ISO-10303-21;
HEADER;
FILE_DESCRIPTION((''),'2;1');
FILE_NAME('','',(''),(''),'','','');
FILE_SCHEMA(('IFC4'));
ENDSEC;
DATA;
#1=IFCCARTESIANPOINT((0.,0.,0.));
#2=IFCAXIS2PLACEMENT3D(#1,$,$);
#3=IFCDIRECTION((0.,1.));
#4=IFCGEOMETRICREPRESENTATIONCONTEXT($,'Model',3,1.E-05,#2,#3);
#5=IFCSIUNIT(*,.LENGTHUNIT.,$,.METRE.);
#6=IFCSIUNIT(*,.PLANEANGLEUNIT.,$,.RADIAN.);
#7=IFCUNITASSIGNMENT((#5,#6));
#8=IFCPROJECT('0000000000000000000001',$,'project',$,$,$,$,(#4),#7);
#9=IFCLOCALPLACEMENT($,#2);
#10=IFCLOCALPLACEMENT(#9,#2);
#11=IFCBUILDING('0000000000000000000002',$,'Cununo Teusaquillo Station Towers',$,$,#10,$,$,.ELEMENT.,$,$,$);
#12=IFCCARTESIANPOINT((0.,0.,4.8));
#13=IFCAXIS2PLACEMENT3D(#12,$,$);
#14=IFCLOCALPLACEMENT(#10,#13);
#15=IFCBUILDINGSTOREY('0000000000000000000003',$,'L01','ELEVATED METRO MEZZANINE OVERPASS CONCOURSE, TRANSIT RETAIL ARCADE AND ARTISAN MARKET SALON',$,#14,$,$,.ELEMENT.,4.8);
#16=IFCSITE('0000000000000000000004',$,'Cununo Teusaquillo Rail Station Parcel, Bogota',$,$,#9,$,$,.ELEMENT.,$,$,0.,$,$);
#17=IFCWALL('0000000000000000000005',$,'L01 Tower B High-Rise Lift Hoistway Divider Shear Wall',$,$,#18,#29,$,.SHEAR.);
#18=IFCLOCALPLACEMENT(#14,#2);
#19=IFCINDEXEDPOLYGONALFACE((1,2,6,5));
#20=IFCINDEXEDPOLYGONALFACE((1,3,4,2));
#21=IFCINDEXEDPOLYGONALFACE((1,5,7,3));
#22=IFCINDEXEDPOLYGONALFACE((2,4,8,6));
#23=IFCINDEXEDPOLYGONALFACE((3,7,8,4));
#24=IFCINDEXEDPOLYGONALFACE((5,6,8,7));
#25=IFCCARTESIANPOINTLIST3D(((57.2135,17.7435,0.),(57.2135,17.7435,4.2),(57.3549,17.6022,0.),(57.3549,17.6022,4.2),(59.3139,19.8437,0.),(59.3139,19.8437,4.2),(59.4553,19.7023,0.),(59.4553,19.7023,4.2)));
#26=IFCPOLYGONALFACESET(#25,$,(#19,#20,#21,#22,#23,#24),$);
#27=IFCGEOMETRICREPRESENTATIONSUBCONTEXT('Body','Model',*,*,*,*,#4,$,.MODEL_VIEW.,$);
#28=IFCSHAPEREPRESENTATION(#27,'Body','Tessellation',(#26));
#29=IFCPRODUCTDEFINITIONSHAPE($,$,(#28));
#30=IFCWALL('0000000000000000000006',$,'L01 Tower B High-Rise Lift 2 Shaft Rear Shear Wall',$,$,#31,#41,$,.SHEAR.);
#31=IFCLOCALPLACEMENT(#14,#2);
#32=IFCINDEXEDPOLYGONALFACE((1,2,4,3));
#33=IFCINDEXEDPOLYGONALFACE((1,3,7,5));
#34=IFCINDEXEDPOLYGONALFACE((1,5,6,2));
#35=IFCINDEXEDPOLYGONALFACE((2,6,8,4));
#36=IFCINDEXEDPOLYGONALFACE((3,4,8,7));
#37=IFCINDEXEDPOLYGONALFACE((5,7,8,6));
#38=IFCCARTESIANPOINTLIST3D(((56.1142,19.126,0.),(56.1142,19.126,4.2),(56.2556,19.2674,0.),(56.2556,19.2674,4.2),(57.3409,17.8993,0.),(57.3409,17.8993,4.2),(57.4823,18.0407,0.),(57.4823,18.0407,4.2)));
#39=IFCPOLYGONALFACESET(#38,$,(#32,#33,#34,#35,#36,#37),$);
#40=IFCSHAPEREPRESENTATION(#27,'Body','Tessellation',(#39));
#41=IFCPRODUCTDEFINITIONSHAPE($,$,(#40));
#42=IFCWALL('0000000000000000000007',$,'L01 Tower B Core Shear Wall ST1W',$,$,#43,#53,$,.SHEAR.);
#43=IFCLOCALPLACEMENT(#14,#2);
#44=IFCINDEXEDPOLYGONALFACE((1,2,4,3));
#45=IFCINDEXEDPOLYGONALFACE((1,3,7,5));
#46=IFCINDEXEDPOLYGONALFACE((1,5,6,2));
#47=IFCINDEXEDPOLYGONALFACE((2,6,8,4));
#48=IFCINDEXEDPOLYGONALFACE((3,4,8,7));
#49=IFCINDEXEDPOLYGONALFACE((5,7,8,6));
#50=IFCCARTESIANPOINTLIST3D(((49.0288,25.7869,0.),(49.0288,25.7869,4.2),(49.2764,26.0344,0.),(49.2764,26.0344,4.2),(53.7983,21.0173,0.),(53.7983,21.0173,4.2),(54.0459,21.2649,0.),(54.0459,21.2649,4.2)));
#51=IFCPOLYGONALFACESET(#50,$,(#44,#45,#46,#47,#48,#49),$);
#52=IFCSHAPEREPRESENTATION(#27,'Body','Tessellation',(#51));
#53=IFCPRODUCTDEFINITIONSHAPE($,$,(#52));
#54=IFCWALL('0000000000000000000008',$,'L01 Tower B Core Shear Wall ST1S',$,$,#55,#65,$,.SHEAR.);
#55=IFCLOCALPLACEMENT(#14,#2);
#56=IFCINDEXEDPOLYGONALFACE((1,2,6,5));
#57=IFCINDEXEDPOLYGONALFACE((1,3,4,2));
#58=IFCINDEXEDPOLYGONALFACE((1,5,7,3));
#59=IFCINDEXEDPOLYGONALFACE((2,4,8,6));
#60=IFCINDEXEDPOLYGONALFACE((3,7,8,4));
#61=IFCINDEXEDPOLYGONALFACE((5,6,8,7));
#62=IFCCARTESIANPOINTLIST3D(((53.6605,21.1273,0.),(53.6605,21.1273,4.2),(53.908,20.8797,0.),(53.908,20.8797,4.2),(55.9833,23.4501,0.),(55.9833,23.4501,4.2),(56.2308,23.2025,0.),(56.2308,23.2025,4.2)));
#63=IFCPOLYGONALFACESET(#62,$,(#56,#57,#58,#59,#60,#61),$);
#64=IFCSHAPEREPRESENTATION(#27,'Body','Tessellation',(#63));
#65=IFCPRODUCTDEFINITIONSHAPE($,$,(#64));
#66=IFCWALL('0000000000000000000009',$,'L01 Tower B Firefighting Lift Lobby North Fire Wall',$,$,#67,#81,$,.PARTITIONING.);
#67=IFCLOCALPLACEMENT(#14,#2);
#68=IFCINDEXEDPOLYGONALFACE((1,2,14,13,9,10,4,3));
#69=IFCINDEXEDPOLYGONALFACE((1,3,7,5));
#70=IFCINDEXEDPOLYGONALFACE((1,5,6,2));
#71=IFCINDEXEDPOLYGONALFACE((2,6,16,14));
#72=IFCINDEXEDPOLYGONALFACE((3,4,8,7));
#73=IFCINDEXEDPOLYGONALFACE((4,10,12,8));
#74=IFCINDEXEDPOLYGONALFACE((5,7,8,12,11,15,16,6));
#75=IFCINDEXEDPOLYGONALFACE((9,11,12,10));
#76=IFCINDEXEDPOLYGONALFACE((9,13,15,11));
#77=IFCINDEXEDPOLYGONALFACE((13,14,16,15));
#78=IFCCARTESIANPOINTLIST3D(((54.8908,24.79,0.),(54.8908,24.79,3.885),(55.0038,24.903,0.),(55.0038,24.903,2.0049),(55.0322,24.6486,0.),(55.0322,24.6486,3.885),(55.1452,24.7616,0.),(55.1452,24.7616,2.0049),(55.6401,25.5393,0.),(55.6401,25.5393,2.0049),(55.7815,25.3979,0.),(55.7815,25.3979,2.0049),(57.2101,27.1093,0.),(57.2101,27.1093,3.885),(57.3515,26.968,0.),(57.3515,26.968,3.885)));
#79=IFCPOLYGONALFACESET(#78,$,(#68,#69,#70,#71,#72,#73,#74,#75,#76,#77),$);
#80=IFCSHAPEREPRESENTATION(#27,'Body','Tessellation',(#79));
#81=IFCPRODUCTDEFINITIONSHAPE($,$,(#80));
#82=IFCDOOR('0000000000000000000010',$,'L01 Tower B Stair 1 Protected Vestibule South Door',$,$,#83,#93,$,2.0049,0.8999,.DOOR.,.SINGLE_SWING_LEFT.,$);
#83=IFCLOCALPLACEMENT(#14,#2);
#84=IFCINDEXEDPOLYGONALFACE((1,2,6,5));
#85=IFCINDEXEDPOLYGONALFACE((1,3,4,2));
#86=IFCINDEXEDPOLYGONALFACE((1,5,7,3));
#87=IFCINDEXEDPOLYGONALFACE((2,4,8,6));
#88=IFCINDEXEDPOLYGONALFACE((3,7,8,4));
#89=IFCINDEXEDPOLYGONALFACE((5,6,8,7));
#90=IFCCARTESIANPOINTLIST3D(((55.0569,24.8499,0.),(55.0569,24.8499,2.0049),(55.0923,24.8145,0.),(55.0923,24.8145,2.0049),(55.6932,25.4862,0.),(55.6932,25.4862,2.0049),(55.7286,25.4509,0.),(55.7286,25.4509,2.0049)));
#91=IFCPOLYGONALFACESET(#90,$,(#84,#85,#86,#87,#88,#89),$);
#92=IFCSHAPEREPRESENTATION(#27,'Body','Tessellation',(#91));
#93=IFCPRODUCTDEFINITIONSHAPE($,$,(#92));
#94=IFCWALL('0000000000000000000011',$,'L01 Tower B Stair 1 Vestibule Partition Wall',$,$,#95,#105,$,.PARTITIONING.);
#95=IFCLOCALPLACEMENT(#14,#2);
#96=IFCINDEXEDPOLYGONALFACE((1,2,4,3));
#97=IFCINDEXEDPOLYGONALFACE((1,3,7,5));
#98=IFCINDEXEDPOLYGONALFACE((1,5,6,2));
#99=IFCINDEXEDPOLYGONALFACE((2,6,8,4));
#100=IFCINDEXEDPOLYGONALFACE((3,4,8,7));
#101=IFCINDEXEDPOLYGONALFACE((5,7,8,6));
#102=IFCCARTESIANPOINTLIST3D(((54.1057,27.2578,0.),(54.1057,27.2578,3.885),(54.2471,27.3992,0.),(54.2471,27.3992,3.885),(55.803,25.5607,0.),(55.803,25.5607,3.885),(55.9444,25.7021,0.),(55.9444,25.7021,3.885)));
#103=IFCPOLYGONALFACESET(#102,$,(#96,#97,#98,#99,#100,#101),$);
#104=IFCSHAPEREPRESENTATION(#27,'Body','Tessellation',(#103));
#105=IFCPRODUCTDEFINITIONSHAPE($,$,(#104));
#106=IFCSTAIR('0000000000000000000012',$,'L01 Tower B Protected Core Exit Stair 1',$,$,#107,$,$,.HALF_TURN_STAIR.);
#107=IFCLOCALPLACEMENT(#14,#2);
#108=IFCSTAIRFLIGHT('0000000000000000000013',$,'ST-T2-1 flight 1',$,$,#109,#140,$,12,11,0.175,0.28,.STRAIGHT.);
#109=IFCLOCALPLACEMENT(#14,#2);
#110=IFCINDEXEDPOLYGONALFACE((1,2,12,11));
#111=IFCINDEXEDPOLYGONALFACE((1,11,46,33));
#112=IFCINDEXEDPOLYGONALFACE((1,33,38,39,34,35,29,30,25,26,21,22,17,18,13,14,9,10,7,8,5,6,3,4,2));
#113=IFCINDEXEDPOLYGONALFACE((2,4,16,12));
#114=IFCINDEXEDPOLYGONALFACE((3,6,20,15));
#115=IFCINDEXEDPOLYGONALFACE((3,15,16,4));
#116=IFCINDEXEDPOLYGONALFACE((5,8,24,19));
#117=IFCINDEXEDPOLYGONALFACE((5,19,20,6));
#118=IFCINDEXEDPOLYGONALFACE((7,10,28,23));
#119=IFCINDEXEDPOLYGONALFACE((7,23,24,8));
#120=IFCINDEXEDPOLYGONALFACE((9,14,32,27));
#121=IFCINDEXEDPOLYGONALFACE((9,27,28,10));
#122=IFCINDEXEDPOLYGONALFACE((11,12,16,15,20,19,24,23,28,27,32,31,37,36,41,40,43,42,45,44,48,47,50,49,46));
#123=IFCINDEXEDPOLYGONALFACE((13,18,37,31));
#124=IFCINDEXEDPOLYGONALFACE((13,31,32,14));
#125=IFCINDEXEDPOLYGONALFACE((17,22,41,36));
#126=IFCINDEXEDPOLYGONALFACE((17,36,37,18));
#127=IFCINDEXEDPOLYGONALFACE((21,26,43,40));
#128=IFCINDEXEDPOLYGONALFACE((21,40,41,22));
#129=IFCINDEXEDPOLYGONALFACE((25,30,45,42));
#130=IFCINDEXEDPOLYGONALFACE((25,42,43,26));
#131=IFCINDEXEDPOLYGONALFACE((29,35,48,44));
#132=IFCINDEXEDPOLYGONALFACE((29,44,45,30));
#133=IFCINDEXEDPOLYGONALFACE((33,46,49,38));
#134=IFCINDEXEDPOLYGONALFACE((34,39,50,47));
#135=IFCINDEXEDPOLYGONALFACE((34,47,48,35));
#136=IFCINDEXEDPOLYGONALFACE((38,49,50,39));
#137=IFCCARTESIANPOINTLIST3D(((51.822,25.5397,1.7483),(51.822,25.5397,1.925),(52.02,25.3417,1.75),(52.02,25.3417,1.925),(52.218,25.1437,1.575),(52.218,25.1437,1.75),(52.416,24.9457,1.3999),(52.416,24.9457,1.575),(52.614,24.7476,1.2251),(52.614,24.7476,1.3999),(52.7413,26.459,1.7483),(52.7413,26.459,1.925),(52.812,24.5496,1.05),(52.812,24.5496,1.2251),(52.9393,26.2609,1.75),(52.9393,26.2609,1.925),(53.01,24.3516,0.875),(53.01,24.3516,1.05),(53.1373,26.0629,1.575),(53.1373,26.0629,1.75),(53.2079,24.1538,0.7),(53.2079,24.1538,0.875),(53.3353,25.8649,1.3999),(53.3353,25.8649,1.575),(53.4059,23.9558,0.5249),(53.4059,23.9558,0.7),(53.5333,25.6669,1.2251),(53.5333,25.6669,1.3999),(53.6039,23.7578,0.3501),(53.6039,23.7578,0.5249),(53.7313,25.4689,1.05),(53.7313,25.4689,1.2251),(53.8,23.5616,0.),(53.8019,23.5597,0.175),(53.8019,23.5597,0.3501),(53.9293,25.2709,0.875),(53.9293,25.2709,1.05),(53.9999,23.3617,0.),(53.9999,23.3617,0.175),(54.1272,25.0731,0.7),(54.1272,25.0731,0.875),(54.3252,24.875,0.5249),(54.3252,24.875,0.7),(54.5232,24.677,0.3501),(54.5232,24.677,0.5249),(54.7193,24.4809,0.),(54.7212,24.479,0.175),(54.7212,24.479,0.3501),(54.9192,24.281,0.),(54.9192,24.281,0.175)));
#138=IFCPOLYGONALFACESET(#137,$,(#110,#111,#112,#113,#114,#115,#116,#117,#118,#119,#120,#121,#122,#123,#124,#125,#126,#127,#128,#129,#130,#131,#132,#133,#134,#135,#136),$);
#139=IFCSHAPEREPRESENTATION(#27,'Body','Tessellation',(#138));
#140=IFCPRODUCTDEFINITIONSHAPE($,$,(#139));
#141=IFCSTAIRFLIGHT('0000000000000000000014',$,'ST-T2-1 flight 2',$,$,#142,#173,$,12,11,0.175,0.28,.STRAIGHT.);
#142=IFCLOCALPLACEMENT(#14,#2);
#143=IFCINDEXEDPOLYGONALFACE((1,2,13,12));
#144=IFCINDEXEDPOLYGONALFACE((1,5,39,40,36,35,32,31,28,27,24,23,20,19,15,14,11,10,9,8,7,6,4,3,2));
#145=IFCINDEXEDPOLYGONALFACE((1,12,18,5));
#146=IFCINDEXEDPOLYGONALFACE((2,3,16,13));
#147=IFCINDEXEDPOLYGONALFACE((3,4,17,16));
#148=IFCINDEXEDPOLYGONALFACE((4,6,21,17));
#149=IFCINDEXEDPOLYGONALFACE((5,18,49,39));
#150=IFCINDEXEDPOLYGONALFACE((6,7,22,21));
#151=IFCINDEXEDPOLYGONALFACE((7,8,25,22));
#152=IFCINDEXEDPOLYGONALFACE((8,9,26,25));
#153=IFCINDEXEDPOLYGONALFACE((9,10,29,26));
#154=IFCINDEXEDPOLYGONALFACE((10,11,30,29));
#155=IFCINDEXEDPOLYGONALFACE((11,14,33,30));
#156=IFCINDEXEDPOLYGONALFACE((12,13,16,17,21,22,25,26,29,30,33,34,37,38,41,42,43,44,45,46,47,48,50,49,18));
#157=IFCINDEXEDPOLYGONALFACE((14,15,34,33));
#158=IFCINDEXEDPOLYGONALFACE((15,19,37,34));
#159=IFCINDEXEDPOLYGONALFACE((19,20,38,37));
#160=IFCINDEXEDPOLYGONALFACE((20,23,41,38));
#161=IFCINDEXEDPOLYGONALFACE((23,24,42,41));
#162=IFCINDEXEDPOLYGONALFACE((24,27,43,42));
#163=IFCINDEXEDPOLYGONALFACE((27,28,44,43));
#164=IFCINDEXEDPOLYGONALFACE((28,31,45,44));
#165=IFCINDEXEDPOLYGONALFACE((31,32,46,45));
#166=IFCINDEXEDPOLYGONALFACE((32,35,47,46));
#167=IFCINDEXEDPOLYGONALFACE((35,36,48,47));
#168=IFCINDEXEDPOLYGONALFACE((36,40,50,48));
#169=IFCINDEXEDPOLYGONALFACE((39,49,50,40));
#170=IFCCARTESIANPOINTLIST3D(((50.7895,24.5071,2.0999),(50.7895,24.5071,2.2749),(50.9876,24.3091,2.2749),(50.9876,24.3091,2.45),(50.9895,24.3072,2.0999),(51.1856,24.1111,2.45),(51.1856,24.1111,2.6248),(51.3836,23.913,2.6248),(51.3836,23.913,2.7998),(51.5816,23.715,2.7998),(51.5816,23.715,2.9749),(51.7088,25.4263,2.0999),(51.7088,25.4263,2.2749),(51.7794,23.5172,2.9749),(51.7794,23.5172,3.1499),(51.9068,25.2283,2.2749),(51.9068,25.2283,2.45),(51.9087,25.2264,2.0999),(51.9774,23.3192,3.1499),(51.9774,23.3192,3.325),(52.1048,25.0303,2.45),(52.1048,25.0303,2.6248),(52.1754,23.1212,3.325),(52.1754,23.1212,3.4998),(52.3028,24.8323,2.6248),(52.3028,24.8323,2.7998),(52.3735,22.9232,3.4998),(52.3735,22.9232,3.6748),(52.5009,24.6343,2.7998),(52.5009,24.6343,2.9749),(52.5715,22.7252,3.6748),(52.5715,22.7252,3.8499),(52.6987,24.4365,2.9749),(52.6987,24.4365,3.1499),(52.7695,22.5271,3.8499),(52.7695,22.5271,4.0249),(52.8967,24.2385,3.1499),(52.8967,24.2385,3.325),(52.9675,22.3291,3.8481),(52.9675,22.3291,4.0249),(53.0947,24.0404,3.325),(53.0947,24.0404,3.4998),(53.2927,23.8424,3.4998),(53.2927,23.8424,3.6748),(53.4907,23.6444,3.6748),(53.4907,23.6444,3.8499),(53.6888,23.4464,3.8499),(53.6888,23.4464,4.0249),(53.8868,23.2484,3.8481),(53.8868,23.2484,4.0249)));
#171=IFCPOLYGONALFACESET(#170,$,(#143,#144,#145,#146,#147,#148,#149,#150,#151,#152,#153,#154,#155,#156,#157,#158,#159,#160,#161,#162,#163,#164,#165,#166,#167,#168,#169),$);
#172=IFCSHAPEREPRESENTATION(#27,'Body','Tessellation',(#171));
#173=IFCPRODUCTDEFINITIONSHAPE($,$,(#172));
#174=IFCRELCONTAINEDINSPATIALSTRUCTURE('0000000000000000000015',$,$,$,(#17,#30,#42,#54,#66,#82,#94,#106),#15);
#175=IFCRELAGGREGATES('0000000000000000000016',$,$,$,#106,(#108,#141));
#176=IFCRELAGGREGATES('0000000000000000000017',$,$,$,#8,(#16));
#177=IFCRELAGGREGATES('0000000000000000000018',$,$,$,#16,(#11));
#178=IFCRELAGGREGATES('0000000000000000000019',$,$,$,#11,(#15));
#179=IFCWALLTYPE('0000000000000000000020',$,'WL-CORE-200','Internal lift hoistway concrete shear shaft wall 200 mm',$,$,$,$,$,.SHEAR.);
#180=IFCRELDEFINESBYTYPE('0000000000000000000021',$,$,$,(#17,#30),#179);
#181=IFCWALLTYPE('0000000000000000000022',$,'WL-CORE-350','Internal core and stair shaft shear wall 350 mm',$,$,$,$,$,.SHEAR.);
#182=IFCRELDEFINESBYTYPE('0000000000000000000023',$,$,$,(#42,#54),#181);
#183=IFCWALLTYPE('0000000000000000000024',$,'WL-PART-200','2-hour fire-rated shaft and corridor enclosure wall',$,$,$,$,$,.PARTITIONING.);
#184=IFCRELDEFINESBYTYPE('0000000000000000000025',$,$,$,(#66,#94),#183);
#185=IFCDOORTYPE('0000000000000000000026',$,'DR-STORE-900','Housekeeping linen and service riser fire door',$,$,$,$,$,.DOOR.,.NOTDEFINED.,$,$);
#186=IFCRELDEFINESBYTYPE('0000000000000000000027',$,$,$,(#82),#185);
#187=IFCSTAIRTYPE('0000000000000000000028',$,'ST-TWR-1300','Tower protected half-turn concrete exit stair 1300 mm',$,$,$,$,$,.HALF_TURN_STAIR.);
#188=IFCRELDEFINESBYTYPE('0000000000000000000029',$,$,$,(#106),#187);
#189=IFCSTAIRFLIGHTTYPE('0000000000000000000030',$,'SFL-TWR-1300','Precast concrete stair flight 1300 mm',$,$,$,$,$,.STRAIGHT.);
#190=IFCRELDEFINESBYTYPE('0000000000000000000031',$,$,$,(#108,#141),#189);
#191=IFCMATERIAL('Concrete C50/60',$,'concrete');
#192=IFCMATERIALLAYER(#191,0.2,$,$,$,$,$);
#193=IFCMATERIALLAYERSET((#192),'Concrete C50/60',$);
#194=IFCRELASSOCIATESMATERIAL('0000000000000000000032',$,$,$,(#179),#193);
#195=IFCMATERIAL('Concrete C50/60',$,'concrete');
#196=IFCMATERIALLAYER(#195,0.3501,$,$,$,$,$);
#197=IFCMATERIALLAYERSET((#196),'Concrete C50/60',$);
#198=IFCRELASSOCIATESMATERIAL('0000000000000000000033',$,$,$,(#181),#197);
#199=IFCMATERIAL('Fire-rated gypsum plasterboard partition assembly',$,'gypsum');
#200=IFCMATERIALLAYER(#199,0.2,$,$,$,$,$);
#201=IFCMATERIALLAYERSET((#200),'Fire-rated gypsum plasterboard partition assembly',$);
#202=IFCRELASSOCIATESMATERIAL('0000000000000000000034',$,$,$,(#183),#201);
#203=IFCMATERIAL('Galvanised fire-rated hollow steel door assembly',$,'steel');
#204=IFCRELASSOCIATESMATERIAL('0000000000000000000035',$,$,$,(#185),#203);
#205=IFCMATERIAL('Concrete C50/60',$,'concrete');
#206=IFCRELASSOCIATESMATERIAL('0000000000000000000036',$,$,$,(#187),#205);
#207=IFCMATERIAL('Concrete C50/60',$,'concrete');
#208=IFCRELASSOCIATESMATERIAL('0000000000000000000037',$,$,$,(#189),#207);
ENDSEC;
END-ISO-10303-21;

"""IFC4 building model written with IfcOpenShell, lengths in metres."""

from ifc_helpers import new_model, si_unit, direction, frame, frame_2d, origin, place, context, subcontext, project, spatial, polyline, rectangle, outline, extrude, source, transform, mapped, material, layer, layer_set, type_object, element, fill, aggregate, save


model = new_model("IFC4")

# Units and contexts
model_context = context("Model", 3, precision=1e-05, world=origin(), true_north=direction((0.0, 1.0)))
body_context = subcontext(model_context, "Body", "Model", "MODEL_VIEW")
ifc_project = project(units=[si_unit("LENGTHUNIT", "METRE"), si_unit("PLANEANGLEUNIT", "RADIAN")], contexts=[model_context])

# Site, building, storey
site_placement = place(None, origin())
site = spatial("IfcSite", under=ifc_project, at=site_placement, Name="Cununo Teusaquillo Rail Station Parcel, Bogota", CompositionType="ELEMENT", RefElevation=0.0)
building_placement = place(site_placement, origin())
building = spatial("IfcBuilding", under=site, at=building_placement, Name="Cununo Teusaquillo Station Towers", CompositionType="ELEMENT")
storey_placement = place(building_placement, frame((0.0, 0.0, 4.8)))
storey = spatial("IfcBuildingStorey", under=building, at=storey_placement, Name="L01", Description="ELEVATED METRO MEZZANINE OVERPASS CONCOURSE, TRANSIT RETAIL ARCADE AND ARTISAN MARKET SALON", CompositionType="ELEMENT", Elevation=4.8)

# Walls
ifc_material_1 = material(Name="Concrete C50/60", Category="concrete")
ifc_layer_1 = layer(ifc_material_1, 0.2)
ifc_layer_set_1 = layer_set([ifc_layer_1], Name="Concrete C50/60")
wall_type_1 = type_object("IfcWallType", Name="WL-CORE-200", Description="Internal lift hoistway concrete shear shaft wall 200 mm", PredefinedType="SHEAR", material=ifc_layer_set_1)
wall_1_placement = place(storey_placement, frame((57.2842, 17.6729, 0.0), z_axis=(0.0, 0.0, 1.0), x_axis=(0.707148, 0.707066, 0.0)))
element("IfcWall", 1, at=wall_1_placement, inside=storey, type_object=wall_type_1, Name="L01 Tower B High-Rise Lift Hoistway Divider Shear Wall", PredefinedType="SHEAR", context=body_context, shape_type="SweptSolid", body=[
    extrude(rectangle(XDim=2.9702, YDim=0.2, at=frame_2d((1.4851, 0.0))), origin(), (0.0, 0.0, 1.0), 4.2),
])
wall_2_placement = place(storey_placement, frame((57.4116, 17.97, 0.0), z_axis=(0.0, 0.0, 1.0), x_axis=(-0.707107, 0.707107, 0.0)))
element("IfcWall", 2, at=wall_2_placement, inside=storey, type_object=wall_type_1, Name="L01 Tower B High-Rise Lift 2 Shaft Rear Shear Wall", PredefinedType="SHEAR", context=body_context, shape_type="SweptSolid", body=[
    extrude(rectangle(XDim=1.7349, YDim=0.2, at=frame_2d((0.8674, 0.0))), origin(), (0.0, 0.0, 1.0), 4.2),
])
ifc_material_2 = material(Name="Concrete C50/60", Category="concrete")
ifc_layer_2 = layer(ifc_material_2, 0.3501)
ifc_layer_set_2 = layer_set([ifc_layer_2], Name="Concrete C50/60")
wall_type_2 = type_object("IfcWallType", Name="WL-CORE-350", Description="Internal core and stair shaft shear wall 350 mm", PredefinedType="SHEAR", material=ifc_layer_set_2)
wall_3_placement = place(storey_placement, frame((53.9221, 21.1411, 0.0), z_axis=(0.0, 0.0, 1.0), x_axis=(-0.707107, 0.707107, 0.0)))
element("IfcWall", 3, at=wall_3_placement, inside=storey, type_object=wall_type_2, Name="L01 Tower B Core Shear Wall ST1W", PredefinedType="SHEAR", context=body_context, shape_type="SweptSolid", body=[
    extrude(rectangle(XDim=6.7451, YDim=0.3501, at=frame_2d((3.3726, 0.0))), origin(), (0.0, 0.0, 1.0), 4.2),
])
wall_4_placement = place(storey_placement, frame((53.7842, 21.0034, 0.0), z_axis=(0.0, 0.0, 1.0), x_axis=(0.707107, 0.707107, 0.0)))
element("IfcWall", 4, at=wall_4_placement, inside=storey, type_object=wall_type_2, Name="L01 Tower B Core Shear Wall ST1S", PredefinedType="SHEAR", context=body_context, shape_type="SweptSolid", body=[
    extrude(rectangle(XDim=3.2849, YDim=0.3501, at=frame_2d((1.6426, 0.0))), origin(), (0.0, 0.0, 1.0), 4.2),
])

# Wall, opening, door
ifc_material_3 = material(Name="Fire-rated gypsum plasterboard partition assembly", Category="gypsum")
ifc_layer_3 = layer(ifc_material_3, 0.2)
ifc_layer_set_3 = layer_set([ifc_layer_3], Name="Fire-rated gypsum plasterboard partition assembly")
wall_type_3 = type_object("IfcWallType", Name="WL-PART-200", Description="2-hour fire-rated shaft and corridor enclosure wall", PredefinedType="PARTITIONING", material=ifc_layer_set_3)
wall_5_placement = place(storey_placement, frame((54.9614, 24.7192, 0.0), z_axis=(0.0, 0.0, 1.0), x_axis=(0.707107, 0.707107, 0.0)))
wall_5 = element("IfcWall", 5, at=wall_5_placement, inside=storey, type_object=wall_type_3, Name="L01 Tower B Firefighting Lift Lobby North Fire Wall", PredefinedType="PARTITIONING", context=body_context, shape_type="SweptSolid", body=[
    extrude(rectangle(XDim=3.28, YDim=0.2, at=frame_2d((1.6401, 0.0))), origin(), (0.0, 0.0, 1.0), 3.885),
])
shared_shape_1 = source(origin(), body_context, "Body", "SweptSolid", [
    extrude(rectangle(XDim=0.8999, YDim=2.0049, at=frame_2d((0.45, 1.0024))), frame((0.0, 0.1099, 0.0), z_axis=(0.0, -1.0, 0.0), x_axis=(1.0, 0.0, 0.0)), (0.0, 0.0, 1.0), 0.22),
])
opening_placement = place(wall_5_placement, frame((0.1599, 0.0, 0.0)))
opening = element("IfcOpeningElement", 6, at=opening_placement, cuts=wall_5, PredefinedType="OPENING", context=body_context, shape_type="MappedRepresentation", body=[
    mapped(shared_shape_1, transform((0.0, 0.0, 0.0), x_axis=(1.0, 0.0, 0.0), y_axis=(0.0, 1.0, 0.0), z_axis=(0.0, 0.0, 1.0), scale=1.0)),
])
ifc_material_4 = material(Name="Galvanised fire-rated hollow steel door assembly", Category="steel")
door_type = type_object("IfcDoorType", Name="DR-STORE-900", Description="Housekeeping linen and service riser fire door", OperationType="NOTDEFINED", PredefinedType="DOOR", material=ifc_material_4)
shared_shape_2 = source(origin(), body_context, "Body", "SweptSolid", [
    extrude(rectangle(XDim=0.8999, YDim=2.0049, at=frame_2d((0.45, 1.0024))), frame((0.0, 0.0249, 0.0), z_axis=(0.0, -1.0, 0.0), x_axis=(1.0, 0.0, 0.0)), (0.0, 0.0, 1.0), 0.05),
])
door_placement = place(opening_placement, origin())
door = element("IfcDoor", 7, at=door_placement, inside=storey, type_object=door_type, Name="L01 Tower B Stair 1 Protected Vestibule South Door", OperationType="SINGLE_SWING_LEFT", OverallHeight=2.0049, OverallWidth=0.8999, PredefinedType="DOOR", context=body_context, shape_type="MappedRepresentation", body=[
    mapped(shared_shape_2, transform((0.0, 0.0, 0.0), x_axis=(1.0, 0.0, 0.0), y_axis=(0.0, 1.0, 0.0), z_axis=(0.0, 0.0, 1.0), scale=1.0)),
])
fill(opening, door)

# Wall
wall_6_placement = place(storey_placement, frame((55.8738, 25.6313, 0.0), z_axis=(0.0, 0.0, 1.0), x_axis=(-0.707158, 0.707056, 0.0)))
element("IfcWall", 8, at=wall_6_placement, inside=storey, type_object=wall_type_3, Name="L01 Tower B Stair 1 Vestibule Partition Wall", PredefinedType="PARTITIONING", context=body_context, shape_type="SweptSolid", body=[
    extrude(rectangle(XDim=2.4001, YDim=0.2, at=frame_2d((1.2002, 0.0))), origin(), (0.0, 0.0, 1.0), 3.885),
])

# Stair, stair flights
ifc_material_5 = material(Name="Concrete C50/60", Category="concrete")
stair_type = type_object("IfcStairType", Name="ST-TWR-1300", Description="Tower protected half-turn concrete exit stair 1300 mm", PredefinedType="HALF_TURN_STAIR", material=ifc_material_5)
stair_placement = place(storey_placement, origin())
stair = element("IfcStair", 9, at=stair_placement, inside=storey, type_object=stair_type, Name="L01 Tower B Protected Core Exit Stair 1", PredefinedType="HALF_TURN_STAIR")
ifc_material_6 = material(Name="Concrete C50/60", Category="concrete")
stair_flight_type = type_object("IfcStairFlightType", Name="SFL-TWR-1300", Description="Precast concrete stair flight 1300 mm", PredefinedType="STRAIGHT", material=ifc_material_6)
stair_flight_1_placement = place(storey_placement, frame((54.4595, 23.8213, 0.0), z_axis=(0.0, 0.0, 1.0), x_axis=(-0.707107, 0.707107, 0.0)))
stair_flight_1 = element("IfcStairFlight", 10, at=stair_flight_1_placement, type_object=stair_flight_type, Name="ST-T2-1 flight 1", NumberOfRisers=12, NumberOfTreads=11, PredefinedType="STRAIGHT", RiserHeight=0.175, TreadLength=0.28, context=body_context, shape_type="SweptSolid", body=[
    extrude(outline(polyline([(0.0, 0.0), (0.0, 0.175), (0.28, 0.175), (0.28, 0.3501), (0.5601, 0.3501), (0.5601, 0.5249), (0.8401, 0.5249), (0.8401, 0.7), (1.1201, 0.7), (1.1201, 0.875), (1.3999, 0.875), (1.3999, 1.05), (1.6799, 1.05), (1.6799, 1.2251), (1.96, 1.2251), (1.96, 1.3999), (2.24, 1.3999), (2.24, 1.575), (2.52, 1.575), (2.52, 1.75), (2.8, 1.75), (2.8, 1.925), (3.0801, 1.925), (3.0801, 2.1001), (3.0801, 1.7483), (0.2827, 0.0), (0.0, 0.0)])), frame((0.0, 0.6499, 0.0), z_axis=(0.0, -1.0, 0.0), x_axis=(1.0, 0.0, 0.0)), (0.0, 0.0, 1.0), 1.3),
])
stair_flight_2_placement = place(storey_placement, frame((51.2493, 24.9668, 2.0999), z_axis=(0.0, 0.0, 1.0), x_axis=(0.707107, -0.707107, 0.0)))
stair_flight_2 = element("IfcStairFlight", 11, at=stair_flight_2_placement, type_object=stair_flight_type, Name="ST-T2-1 flight 2", NumberOfRisers=12, NumberOfTreads=11, PredefinedType="STRAIGHT", RiserHeight=0.175, TreadLength=0.28, context=body_context, shape_type="SweptSolid", body=[
    extrude(outline(polyline([(0.0, 0.0), (0.0, 0.175), (0.28, 0.175), (0.28, 0.3501), (0.5601, 0.3501), (0.5601, 0.5249), (0.8401, 0.5249), (0.8401, 0.7), (1.1201, 0.7), (1.1201, 0.875), (1.3999, 0.875), (1.3999, 1.05), (1.6799, 1.05), (1.6799, 1.2251), (1.96, 1.2251), (1.96, 1.3999), (2.24, 1.3999), (2.24, 1.575), (2.52, 1.575), (2.52, 1.75), (2.8, 1.75), (2.8, 1.925), (3.0801, 1.925), (3.0801, 2.1001), (3.0801, 1.7483), (0.2827, 0.0), (0.0, 0.0)])), frame((0.0, 0.6499, 0.0), z_axis=(0.0, -1.0, 0.0), x_axis=(1.0, 0.0, 0.0)), (0.0, 0.0, 1.0), 1.3),
])
aggregate(stair, [stair_flight_1, stair_flight_2])

save(model, "model.ifc")
